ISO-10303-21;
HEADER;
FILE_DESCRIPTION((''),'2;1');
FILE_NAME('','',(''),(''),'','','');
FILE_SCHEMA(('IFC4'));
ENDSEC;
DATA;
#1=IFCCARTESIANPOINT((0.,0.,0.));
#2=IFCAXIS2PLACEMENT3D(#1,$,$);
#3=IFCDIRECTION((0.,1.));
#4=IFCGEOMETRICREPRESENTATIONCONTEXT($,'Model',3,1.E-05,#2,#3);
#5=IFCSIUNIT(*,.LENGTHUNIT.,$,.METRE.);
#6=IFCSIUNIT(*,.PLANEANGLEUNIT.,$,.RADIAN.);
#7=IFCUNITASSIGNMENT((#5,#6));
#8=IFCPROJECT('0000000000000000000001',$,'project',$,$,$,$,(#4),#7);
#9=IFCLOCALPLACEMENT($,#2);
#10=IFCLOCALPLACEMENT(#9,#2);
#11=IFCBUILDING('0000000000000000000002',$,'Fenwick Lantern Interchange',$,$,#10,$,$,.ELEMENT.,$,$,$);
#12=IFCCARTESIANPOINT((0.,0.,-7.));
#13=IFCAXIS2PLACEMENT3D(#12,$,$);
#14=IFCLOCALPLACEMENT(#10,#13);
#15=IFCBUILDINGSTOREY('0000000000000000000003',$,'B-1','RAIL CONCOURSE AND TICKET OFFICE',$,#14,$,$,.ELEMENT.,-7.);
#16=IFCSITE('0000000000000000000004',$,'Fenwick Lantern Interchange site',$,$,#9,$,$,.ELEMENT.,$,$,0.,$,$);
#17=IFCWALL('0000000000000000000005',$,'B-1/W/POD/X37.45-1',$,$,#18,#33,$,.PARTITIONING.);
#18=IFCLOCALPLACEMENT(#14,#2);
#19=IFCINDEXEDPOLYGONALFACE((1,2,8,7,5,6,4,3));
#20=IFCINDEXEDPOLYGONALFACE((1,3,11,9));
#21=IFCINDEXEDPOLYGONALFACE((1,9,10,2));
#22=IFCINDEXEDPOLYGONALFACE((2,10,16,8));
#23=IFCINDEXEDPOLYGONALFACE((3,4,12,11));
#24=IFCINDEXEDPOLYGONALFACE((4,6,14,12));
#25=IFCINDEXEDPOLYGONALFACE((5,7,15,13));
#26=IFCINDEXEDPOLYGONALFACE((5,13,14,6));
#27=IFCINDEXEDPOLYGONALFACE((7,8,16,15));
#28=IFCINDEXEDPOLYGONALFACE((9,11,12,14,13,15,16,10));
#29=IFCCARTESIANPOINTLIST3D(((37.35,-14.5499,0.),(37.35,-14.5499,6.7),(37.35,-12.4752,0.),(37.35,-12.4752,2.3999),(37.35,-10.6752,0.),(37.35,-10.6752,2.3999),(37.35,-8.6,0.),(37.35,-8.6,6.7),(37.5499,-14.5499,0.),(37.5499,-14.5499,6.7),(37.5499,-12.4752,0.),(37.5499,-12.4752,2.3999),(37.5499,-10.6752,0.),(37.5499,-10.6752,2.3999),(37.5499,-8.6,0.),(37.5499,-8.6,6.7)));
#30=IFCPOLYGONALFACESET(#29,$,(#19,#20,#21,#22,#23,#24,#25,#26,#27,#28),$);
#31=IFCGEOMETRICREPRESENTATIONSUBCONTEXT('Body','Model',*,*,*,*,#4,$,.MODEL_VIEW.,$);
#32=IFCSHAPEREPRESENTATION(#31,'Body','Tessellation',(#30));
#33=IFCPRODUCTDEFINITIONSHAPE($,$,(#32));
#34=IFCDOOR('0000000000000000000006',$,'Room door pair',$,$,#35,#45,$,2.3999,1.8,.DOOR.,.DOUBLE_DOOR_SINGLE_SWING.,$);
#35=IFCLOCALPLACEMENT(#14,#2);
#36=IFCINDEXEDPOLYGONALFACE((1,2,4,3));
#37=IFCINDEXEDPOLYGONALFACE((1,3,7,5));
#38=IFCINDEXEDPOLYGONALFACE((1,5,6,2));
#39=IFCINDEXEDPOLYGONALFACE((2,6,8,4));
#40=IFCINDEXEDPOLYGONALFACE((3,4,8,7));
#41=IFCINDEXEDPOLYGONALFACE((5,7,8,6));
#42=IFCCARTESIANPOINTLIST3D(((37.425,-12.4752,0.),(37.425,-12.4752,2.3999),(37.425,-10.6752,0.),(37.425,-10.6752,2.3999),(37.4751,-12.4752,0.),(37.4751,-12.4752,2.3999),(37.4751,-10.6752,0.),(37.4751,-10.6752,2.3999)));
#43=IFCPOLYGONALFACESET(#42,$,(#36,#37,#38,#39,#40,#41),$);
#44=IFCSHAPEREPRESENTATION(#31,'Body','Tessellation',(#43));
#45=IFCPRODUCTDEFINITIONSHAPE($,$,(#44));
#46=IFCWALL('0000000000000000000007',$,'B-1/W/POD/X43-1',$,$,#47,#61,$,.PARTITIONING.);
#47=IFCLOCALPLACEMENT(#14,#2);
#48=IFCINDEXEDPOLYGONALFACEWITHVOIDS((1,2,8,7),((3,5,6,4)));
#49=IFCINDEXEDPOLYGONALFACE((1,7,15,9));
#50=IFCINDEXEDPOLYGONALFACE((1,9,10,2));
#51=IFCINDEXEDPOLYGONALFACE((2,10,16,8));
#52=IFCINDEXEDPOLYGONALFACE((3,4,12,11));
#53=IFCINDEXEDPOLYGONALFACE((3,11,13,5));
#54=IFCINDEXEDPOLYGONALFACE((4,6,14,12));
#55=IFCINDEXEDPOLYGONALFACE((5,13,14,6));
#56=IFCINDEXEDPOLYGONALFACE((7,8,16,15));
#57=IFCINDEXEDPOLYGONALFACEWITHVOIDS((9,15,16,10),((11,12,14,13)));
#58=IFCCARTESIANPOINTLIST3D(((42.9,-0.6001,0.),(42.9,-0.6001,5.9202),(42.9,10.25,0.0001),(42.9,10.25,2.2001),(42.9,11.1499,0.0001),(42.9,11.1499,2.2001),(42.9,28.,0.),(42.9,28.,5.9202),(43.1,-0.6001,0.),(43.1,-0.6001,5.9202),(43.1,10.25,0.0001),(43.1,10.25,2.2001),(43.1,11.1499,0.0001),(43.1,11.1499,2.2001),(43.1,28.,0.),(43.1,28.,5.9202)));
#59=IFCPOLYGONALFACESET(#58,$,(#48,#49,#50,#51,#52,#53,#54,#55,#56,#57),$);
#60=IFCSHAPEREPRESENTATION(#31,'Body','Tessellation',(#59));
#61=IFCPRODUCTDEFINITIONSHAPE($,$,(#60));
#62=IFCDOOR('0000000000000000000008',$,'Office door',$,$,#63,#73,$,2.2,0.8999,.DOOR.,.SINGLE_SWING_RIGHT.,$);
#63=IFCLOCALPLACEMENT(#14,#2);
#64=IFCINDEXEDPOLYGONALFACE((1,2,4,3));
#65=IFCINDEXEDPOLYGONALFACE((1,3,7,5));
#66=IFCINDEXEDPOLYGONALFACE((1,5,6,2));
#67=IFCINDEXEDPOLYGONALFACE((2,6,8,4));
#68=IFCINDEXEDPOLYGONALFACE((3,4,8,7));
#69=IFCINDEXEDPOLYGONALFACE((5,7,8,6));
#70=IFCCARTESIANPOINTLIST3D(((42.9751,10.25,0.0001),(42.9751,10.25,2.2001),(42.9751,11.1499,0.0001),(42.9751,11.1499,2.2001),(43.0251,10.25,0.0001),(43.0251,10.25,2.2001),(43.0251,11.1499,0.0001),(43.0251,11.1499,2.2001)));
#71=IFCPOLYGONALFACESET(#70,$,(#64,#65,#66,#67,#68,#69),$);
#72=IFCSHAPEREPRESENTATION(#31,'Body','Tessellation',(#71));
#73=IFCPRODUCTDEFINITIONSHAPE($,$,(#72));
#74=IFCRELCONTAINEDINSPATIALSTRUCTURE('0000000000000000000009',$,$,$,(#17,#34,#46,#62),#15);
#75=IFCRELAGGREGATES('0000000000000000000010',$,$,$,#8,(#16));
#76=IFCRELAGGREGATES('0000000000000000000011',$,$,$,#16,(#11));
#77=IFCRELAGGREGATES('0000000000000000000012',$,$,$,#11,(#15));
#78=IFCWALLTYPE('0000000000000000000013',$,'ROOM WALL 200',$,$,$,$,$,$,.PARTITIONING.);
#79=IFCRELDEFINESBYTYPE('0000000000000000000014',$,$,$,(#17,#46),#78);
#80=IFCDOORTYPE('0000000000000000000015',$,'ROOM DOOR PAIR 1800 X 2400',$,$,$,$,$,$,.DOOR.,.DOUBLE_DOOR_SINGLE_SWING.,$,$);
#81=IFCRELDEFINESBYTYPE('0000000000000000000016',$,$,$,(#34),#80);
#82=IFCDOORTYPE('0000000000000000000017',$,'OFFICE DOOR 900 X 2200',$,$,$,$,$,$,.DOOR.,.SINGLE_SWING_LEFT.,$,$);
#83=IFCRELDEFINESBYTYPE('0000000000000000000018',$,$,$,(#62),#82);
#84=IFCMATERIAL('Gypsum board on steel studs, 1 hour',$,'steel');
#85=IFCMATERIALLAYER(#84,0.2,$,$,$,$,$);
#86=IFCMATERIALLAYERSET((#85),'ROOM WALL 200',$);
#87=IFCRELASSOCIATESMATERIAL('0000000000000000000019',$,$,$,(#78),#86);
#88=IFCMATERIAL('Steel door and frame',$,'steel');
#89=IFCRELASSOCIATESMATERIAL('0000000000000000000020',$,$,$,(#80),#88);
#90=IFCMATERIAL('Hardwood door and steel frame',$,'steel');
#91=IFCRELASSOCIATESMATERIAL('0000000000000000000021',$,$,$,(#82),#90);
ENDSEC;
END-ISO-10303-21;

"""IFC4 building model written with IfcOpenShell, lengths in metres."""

from ifc_helpers import new_model, si_unit, direction, frame, frame_2d, origin, place, context, subcontext, project, spatial, rectangle, extrude, material, layer, layer_set, type_object, element, fill, save


model = new_model("IFC4")

# Units and contexts
model_context = context("Model", 3, precision=1e-05, world=origin(), true_north=direction((0.0, 1.0)))
body_context = subcontext(model_context, "Body", "Model", "MODEL_VIEW")
ifc_project = project(units=[si_unit("LENGTHUNIT", "METRE"), si_unit("PLANEANGLEUNIT", "RADIAN")], contexts=[model_context])

# Site, building, storey
site_placement = place(None, origin())
site = spatial("IfcSite", under=ifc_project, at=site_placement, Name="Fenwick Lantern Interchange site", CompositionType="ELEMENT", RefElevation=0.0)
building_placement = place(site_placement, origin())
building = spatial("IfcBuilding", under=site, at=building_placement, Name="Fenwick Lantern Interchange", CompositionType="ELEMENT")
storey_placement = place(building_placement, frame((0.0, 0.0, -7.0)))
storey = spatial("IfcBuildingStorey", under=building, at=storey_placement, Name="B-1", Description="RAIL CONCOURSE AND TICKET OFFICE", CompositionType="ELEMENT", Elevation=-7.0)

# Walls, openings, doors
ifc_material_1 = material(Name="Gypsum board on steel studs, 1 hour", Category="steel")
ifc_layer = layer(ifc_material_1, 0.2)
ifc_layer_set = layer_set([ifc_layer], Name="ROOM WALL 200")
wall_type = type_object("IfcWallType", Name="ROOM WALL 200", PredefinedType="PARTITIONING", material=ifc_layer_set)
wall_1_placement = place(storey_placement, frame((37.45, -14.55, 0.0), z_axis=(0.0, 0.0, 1.0), x_axis=(0.0, 1.0, 0.0)))
wall_1 = element("IfcWall", 1, at=wall_1_placement, inside=storey, type_object=wall_type, Name="B-1/W/POD/X37.45-1", PredefinedType="PARTITIONING", context=body_context, shape_type="SweptSolid", body=[
    extrude(rectangle(XDim=5.95, YDim=0.2, at=frame_2d((2.9751, 0.0))), origin(), (0.0, 0.0, 1.0), 6.7),
])
opening_1_placement = place(wall_1_placement, frame((2.075, 0.0, 0.0)))
opening_1 = element("IfcOpeningElement", 2, at=opening_1_placement, cuts=wall_1, PredefinedType="OPENING", context=body_context, shape_type="SweptSolid", body=[
    extrude(rectangle(XDim=1.8, YDim=2.3999, at=frame_2d((0.8999, 1.2))), frame((0.0, 0.1099, 0.0), z_axis=(0.0, -1.0, 0.0), x_axis=(1.0, 0.0, 0.0)), (0.0, 0.0, 1.0), 0.22),
])
ifc_material_2 = material(Name="Steel door and frame", Category="steel")
door_type_1 = type_object("IfcDoorType", Name="ROOM DOOR PAIR 1800 X 2400", OperationType="DOUBLE_DOOR_SINGLE_SWING", PredefinedType="DOOR", material=ifc_material_2)
door_1_placement = place(opening_1_placement, origin())
door_1 = element("IfcDoor", 3, at=door_1_placement, inside=storey, type_object=door_type_1, Name="Room door pair", OperationType="DOUBLE_DOOR_SINGLE_SWING", OverallHeight=2.3999, OverallWidth=1.8, PredefinedType="DOOR", context=body_context, shape_type="SweptSolid", body=[
    extrude(rectangle(XDim=1.8, YDim=2.3999, at=frame_2d((0.8999, 1.2))), frame((0.0, 0.0249, 0.0), z_axis=(0.0, -1.0, 0.0), x_axis=(1.0, 0.0, 0.0)), (0.0, 0.0, 1.0), 0.05),
])
fill(opening_1, door_1)
wall_2_placement = place(storey_placement, frame((43.0, -0.6001, 0.0), z_axis=(0.0, 0.0, 1.0), x_axis=(0.0, 1.0, 0.0)))
wall_2 = element("IfcWall", 4, at=wall_2_placement, inside=storey, type_object=wall_type, Name="B-1/W/POD/X43-1", PredefinedType="PARTITIONING", context=body_context, shape_type="SweptSolid", body=[
    extrude(rectangle(XDim=28.6001, YDim=0.2, at=frame_2d((14.3, 0.0))), origin(), (0.0, 0.0, 1.0), 5.9202),
])
opening_2_placement = place(wall_2_placement, frame((10.8501, 0.0, 0.0)))
opening_2 = element("IfcOpeningElement", 5, at=opening_2_placement, cuts=wall_2, PredefinedType="OPENING", context=body_context, shape_type="SweptSolid", body=[
    extrude(rectangle(XDim=0.8999, YDim=2.2, at=frame_2d((0.45, 1.1001))), frame((0.0, 0.1099, 0.0), z_axis=(0.0, -1.0, 0.0), x_axis=(1.0, 0.0, 0.0)), (0.0, 0.0, 1.0), 0.22),
])
ifc_material_3 = material(Name="Hardwood door and steel frame", Category="steel")
door_type_2 = type_object("IfcDoorType", Name="OFFICE DOOR 900 X 2200", OperationType="SINGLE_SWING_LEFT", PredefinedType="DOOR", material=ifc_material_3)
door_2_placement = place(opening_2_placement, origin())
door_2 = element("IfcDoor", 6, at=door_2_placement, inside=storey, type_object=door_type_2, Name="Office door", OperationType="SINGLE_SWING_RIGHT", OverallHeight=2.2, OverallWidth=0.8999, PredefinedType="DOOR", context=body_context, shape_type="SweptSolid", body=[
    extrude(rectangle(XDim=0.8999, YDim=2.2, at=frame_2d((0.45, 1.1001))), frame((0.0, 0.0249, 0.0), z_axis=(0.0, -1.0, 0.0), x_axis=(1.0, 0.0, 0.0)), (0.0, 0.0, 1.0), 0.05),
])
fill(opening_2, door_2)

save(model, "model.ifc")
